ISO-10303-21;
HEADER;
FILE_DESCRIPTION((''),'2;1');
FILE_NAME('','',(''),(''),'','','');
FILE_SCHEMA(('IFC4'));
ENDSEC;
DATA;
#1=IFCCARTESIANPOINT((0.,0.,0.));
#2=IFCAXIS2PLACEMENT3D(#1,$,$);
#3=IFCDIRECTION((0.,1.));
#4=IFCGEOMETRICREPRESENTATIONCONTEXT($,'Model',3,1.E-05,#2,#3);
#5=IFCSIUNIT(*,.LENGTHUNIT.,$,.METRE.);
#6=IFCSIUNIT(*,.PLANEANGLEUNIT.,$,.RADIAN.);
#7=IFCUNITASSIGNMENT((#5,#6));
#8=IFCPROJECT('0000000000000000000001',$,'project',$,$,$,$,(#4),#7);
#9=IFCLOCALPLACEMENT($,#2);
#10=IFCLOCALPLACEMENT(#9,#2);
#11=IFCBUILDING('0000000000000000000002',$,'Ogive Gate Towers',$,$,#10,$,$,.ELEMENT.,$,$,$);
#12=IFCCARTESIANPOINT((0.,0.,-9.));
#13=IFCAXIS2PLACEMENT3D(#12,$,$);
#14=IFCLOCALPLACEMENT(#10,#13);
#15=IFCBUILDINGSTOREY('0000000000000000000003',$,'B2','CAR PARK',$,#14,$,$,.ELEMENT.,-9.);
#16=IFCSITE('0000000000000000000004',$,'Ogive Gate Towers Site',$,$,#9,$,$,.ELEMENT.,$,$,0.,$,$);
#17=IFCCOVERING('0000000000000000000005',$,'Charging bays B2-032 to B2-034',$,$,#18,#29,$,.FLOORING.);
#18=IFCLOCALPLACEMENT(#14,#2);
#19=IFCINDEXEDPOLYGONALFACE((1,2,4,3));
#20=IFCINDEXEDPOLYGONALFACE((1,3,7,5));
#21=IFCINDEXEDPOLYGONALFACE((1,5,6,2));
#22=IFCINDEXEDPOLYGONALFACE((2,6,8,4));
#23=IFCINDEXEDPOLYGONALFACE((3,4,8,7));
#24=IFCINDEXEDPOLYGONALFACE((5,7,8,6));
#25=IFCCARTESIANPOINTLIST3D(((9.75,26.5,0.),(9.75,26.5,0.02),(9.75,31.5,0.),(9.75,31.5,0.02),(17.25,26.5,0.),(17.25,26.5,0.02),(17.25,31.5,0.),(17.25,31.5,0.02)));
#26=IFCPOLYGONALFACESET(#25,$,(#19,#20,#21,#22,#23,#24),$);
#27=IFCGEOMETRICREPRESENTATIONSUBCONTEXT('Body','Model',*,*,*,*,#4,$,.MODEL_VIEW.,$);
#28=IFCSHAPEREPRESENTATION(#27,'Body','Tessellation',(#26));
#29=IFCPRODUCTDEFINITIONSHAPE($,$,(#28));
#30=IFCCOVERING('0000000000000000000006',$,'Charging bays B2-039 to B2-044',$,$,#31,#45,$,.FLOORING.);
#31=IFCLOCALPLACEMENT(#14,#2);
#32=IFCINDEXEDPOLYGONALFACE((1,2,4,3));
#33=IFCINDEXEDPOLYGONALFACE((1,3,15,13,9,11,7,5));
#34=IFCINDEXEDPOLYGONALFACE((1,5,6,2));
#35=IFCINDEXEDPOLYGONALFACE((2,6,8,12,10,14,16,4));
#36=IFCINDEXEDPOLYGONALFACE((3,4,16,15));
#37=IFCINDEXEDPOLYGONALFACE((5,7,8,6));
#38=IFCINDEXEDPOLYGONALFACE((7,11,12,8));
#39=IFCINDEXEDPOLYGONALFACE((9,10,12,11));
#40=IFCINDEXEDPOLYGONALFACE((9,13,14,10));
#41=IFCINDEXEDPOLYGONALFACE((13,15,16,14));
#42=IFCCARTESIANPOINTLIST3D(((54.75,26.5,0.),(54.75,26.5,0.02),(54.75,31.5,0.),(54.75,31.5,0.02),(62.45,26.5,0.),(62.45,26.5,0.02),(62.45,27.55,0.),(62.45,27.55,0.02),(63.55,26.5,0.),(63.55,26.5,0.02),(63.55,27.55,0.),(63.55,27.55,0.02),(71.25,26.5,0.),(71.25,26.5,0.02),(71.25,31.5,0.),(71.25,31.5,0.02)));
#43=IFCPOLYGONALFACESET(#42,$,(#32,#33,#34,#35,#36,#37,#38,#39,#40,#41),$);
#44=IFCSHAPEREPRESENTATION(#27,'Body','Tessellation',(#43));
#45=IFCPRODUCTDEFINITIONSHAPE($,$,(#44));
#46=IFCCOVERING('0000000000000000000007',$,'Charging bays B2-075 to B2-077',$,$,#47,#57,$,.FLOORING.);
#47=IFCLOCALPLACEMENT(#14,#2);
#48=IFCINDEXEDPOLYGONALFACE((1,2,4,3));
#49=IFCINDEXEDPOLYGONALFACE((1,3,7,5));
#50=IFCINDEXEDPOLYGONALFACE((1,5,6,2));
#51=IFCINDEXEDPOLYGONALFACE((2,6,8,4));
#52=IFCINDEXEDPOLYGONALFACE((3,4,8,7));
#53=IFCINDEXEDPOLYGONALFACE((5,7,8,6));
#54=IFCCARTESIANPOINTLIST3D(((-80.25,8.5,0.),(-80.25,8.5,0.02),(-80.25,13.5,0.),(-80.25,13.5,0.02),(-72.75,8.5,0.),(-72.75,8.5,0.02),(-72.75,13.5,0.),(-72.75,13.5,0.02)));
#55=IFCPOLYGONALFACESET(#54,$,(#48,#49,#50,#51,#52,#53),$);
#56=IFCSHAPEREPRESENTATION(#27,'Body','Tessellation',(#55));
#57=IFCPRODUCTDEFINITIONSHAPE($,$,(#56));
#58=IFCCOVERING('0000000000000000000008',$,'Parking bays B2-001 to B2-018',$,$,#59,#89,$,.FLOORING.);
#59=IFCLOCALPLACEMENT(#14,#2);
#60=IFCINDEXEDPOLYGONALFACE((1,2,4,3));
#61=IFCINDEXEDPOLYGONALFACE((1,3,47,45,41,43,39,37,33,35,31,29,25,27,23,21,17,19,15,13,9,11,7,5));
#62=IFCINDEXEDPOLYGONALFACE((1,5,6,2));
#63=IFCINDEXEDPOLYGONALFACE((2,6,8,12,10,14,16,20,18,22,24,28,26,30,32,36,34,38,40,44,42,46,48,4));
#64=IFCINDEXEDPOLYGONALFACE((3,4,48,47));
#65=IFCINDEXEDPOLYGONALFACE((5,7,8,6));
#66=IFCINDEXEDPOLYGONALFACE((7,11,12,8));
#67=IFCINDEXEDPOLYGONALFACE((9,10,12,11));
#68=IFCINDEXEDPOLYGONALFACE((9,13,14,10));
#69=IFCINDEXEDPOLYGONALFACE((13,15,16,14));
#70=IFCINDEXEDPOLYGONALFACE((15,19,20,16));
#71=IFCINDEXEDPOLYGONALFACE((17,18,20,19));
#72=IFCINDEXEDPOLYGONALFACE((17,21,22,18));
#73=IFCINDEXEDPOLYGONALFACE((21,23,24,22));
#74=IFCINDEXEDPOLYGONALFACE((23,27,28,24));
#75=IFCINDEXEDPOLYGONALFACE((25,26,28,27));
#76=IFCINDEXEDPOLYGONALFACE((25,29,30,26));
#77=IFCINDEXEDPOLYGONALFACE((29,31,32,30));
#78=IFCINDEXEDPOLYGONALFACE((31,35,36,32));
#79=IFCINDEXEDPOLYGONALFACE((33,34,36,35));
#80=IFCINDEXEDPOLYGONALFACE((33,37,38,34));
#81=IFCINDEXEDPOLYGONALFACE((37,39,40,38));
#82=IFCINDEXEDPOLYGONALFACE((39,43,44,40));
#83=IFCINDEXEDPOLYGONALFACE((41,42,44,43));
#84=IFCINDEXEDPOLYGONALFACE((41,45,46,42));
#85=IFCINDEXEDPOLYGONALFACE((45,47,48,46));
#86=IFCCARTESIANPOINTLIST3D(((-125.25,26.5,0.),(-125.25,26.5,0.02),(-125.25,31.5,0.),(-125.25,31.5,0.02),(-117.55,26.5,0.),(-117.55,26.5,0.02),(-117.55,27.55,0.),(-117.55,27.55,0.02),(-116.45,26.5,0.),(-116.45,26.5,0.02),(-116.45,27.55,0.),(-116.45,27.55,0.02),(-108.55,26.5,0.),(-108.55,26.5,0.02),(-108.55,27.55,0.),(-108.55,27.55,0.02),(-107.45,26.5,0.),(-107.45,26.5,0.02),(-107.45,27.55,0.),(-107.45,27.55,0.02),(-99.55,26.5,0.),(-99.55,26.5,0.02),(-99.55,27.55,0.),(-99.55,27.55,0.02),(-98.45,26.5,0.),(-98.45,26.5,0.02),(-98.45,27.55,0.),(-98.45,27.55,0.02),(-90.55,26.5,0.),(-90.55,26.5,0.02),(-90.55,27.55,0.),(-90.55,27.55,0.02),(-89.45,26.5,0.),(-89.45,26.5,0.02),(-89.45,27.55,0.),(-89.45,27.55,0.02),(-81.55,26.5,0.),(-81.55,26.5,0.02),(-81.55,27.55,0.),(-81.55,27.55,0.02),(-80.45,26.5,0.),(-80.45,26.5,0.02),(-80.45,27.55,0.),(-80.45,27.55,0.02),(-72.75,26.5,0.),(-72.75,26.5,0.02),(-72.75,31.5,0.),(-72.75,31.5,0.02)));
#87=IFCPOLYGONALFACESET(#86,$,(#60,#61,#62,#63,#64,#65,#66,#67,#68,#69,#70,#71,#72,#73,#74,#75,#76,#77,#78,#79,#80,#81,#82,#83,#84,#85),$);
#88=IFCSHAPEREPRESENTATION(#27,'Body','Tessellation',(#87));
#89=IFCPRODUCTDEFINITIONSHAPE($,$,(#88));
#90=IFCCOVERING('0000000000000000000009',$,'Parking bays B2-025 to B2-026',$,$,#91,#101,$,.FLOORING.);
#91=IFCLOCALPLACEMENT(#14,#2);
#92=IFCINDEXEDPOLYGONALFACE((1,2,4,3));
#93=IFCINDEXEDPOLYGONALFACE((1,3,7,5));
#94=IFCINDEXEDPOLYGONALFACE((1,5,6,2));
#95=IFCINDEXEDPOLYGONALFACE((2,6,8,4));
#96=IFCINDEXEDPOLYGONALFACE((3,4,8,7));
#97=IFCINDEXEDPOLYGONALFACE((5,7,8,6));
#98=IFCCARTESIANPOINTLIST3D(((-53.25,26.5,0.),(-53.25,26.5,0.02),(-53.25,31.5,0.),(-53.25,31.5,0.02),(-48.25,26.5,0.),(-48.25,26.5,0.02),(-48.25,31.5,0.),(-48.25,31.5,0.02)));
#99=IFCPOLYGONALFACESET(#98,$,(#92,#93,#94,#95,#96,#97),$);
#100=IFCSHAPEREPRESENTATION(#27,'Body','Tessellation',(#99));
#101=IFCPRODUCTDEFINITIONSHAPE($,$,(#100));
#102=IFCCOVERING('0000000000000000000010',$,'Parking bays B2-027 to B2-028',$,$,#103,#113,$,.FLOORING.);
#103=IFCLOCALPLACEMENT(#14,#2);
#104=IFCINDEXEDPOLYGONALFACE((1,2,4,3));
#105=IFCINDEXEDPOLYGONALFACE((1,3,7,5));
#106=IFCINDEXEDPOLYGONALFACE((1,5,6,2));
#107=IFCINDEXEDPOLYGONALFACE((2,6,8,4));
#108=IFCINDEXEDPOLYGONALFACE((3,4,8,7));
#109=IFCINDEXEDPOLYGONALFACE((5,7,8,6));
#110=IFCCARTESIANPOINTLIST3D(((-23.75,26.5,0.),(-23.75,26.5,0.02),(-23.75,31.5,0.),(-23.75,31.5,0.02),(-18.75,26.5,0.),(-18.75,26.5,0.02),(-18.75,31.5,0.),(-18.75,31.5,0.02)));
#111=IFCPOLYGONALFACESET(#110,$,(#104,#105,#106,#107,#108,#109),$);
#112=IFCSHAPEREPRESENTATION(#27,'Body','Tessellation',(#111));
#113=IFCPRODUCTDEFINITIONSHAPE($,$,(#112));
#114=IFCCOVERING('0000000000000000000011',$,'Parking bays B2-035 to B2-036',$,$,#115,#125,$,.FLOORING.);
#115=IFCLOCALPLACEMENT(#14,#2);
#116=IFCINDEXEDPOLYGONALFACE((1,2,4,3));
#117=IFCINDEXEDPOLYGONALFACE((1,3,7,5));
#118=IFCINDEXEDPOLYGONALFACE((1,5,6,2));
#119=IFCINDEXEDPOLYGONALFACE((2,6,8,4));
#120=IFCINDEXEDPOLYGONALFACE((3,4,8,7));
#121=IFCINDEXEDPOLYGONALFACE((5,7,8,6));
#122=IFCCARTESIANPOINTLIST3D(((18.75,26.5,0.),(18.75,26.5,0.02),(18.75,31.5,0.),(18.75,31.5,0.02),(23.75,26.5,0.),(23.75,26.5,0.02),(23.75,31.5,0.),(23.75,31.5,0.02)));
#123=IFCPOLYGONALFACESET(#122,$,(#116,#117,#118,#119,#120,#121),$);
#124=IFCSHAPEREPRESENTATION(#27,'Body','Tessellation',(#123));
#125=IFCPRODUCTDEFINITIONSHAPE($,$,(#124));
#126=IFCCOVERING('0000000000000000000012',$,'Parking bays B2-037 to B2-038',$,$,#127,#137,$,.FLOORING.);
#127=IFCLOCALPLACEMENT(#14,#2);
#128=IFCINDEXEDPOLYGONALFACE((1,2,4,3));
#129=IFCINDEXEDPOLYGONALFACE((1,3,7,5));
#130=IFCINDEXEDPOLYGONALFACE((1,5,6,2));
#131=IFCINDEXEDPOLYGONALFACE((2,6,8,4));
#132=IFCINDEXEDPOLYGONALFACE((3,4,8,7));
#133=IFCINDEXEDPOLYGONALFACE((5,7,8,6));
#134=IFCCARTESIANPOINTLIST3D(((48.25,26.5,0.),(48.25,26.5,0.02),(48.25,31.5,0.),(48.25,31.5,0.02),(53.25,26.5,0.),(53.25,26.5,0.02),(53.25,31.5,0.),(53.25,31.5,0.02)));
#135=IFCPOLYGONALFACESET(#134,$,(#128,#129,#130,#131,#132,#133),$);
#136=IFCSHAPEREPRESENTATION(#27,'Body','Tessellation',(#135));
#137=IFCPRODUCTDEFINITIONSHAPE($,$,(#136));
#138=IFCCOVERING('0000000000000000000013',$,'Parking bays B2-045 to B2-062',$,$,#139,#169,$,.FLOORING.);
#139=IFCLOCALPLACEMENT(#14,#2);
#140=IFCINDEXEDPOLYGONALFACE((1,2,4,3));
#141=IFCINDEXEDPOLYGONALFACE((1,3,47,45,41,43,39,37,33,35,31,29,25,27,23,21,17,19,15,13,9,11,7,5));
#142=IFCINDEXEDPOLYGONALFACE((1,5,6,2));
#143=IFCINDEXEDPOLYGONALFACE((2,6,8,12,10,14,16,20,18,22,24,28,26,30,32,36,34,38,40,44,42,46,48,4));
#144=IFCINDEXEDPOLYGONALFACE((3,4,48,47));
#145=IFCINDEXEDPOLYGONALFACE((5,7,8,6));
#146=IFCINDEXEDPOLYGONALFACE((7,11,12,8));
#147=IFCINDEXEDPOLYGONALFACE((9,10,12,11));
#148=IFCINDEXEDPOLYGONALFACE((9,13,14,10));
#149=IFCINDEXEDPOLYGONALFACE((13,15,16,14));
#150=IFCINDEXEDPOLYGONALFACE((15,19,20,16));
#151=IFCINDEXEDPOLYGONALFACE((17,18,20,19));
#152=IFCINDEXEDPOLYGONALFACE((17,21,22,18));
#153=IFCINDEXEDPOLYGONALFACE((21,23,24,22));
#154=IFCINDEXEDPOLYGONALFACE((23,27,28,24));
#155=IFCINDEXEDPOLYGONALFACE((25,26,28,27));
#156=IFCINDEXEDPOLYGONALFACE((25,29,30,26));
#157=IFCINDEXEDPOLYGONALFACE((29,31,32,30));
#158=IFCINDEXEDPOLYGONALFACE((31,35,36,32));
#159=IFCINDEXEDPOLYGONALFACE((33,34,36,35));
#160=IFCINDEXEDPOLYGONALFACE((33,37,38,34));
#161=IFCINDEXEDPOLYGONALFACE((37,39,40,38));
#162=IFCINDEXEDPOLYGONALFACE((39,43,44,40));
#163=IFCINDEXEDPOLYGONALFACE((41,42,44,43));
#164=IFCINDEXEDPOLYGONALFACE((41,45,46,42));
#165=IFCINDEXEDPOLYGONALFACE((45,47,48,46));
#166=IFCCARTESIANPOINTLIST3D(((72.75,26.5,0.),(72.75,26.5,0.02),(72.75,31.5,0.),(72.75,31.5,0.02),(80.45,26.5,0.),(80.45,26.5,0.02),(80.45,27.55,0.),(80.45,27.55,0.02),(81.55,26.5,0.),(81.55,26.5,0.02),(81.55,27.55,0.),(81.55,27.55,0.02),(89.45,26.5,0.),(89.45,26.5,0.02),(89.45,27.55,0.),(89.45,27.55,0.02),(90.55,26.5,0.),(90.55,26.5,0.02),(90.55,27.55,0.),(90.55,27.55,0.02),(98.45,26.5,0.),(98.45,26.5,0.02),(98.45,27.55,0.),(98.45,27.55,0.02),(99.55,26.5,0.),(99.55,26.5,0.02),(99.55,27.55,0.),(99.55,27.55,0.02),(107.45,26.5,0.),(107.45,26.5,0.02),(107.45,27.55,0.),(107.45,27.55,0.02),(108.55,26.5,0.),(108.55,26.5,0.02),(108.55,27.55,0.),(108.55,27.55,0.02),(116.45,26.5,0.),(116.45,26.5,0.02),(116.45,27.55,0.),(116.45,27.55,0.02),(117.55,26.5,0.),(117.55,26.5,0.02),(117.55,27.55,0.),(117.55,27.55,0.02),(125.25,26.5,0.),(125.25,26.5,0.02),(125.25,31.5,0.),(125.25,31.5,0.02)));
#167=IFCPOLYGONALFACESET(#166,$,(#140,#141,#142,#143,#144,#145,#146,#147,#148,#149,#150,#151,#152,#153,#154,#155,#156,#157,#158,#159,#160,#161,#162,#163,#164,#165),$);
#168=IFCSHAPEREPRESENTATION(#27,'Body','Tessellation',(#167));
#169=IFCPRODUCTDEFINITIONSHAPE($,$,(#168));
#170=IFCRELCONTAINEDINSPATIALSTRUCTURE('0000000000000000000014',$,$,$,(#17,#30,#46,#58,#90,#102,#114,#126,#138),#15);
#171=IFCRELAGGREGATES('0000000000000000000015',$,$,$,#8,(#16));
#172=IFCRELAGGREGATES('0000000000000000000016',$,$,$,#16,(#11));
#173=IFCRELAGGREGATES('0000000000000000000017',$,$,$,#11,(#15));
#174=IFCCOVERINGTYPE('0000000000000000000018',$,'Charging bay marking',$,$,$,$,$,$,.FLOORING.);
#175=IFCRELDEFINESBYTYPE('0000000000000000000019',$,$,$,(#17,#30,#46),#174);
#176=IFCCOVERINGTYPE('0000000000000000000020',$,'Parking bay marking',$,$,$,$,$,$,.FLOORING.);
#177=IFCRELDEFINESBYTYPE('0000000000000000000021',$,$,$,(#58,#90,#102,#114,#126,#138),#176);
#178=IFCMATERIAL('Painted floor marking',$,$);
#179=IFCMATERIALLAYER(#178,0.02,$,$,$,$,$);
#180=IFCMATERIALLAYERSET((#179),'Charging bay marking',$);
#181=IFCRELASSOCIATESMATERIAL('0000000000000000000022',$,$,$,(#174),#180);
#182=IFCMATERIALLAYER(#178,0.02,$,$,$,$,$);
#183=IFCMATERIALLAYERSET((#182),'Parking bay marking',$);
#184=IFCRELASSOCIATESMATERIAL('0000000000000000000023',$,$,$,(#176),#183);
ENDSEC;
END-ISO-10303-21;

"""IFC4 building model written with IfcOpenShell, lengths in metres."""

from ifc_helpers import new_model, si_unit, direction, frame, origin, place, context, subcontext, project, spatial, polyline, outline, extrude, material, layer, layer_set, type_object, element, save


model = new_model("IFC4")

# Units and contexts
model_context = context("Model", 3, precision=1e-05, world=origin(), true_north=direction((0.0, 1.0)))
body_context = subcontext(model_context, "Body", "Model", "MODEL_VIEW")
ifc_project = project(units=[si_unit("LENGTHUNIT", "METRE"), si_unit("PLANEANGLEUNIT", "RADIAN")], contexts=[model_context])

# Site, building, storey
site_placement = place(None, origin())
site = spatial("IfcSite", under=ifc_project, at=site_placement, Name="Ogive Gate Towers Site", CompositionType="ELEMENT", RefElevation=0.0)
building_placement = place(site_placement, origin())
building = spatial("IfcBuilding", under=site, at=building_placement, Name="Ogive Gate Towers", CompositionType="ELEMENT")
storey_placement = place(building_placement, frame((0.0, 0.0, -9.0)))
storey = spatial("IfcBuildingStorey", under=building, at=storey_placement, Name="B2", Description="CAR PARK", CompositionType="ELEMENT", Elevation=-9.0)

# Coverings
ifc_material_1 = material(Name="Painted floor marking")
ifc_layer_1 = layer(ifc_material_1, 0.02)
ifc_layer_set_1 = layer_set([ifc_layer_1], Name="Charging bay marking")
covering_type_1 = type_object("IfcCoveringType", Name="Charging bay marking", PredefinedType="FLOORING", material=ifc_layer_set_1)
covering_1_placement = place(storey_placement, origin())
element("IfcCovering", 1, at=covering_1_placement, inside=storey, type_object=covering_type_1, Name="Charging bays B2-032 to B2-034", PredefinedType="FLOORING", context=body_context, shape_type="SweptSolid", body=[
    extrude(outline(polyline([(17.25, 26.5), (9.75, 26.5), (9.75, 31.5), (17.25, 31.5), (17.25, 26.5)])), origin(), (0.0, 0.0, 1.0), 0.02),
])
covering_2_placement = place(storey_placement, origin())
element("IfcCovering", 2, at=covering_2_placement, inside=storey, type_object=covering_type_1, Name="Charging bays B2-039 to B2-044", PredefinedType="FLOORING", context=body_context, shape_type="SweptSolid", body=[
    extrude(outline(polyline([(54.75, 31.5), (71.25, 31.5), (71.25, 26.5), (63.55, 26.5), (63.55, 27.55), (62.45, 27.55), (62.45, 26.5), (54.75, 26.5), (54.75, 31.5)])), origin(), (0.0, 0.0, 1.0), 0.02),
])
covering_3_placement = place(storey_placement, origin())
element("IfcCovering", 3, at=covering_3_placement, inside=storey, type_object=covering_type_1, Name="Charging bays B2-075 to B2-077", PredefinedType="FLOORING", context=body_context, shape_type="SweptSolid", body=[
    extrude(outline(polyline([(-72.75, 13.5), (-72.75, 8.5), (-80.25, 8.5), (-80.25, 13.5), (-72.75, 13.5)])), origin(), (0.0, 0.0, 1.0), 0.02),
])
ifc_layer_2 = layer(ifc_material_1, 0.02)
ifc_layer_set_2 = layer_set([ifc_layer_2], Name="Parking bay marking")
covering_type_2 = type_object("IfcCoveringType", Name="Parking bay marking", PredefinedType="FLOORING", material=ifc_layer_set_2)
covering_4_placement = place(storey_placement, origin())
element("IfcCovering", 4, at=covering_4_placement, inside=storey, type_object=covering_type_2, Name="Parking bays B2-001 to B2-018", PredefinedType="FLOORING", context=body_context, shape_type="SweptSolid", body=[
    extrude(outline(polyline([(-125.25, 31.5), (-72.75, 31.5), (-72.75, 26.5), (-80.45, 26.5), (-80.45, 27.55), (-81.55, 27.55), (-81.55, 26.5), (-89.45, 26.5), (-89.45, 27.55), (-90.55, 27.55), (-90.55, 26.5), (-98.45, 26.5), (-98.45, 27.55), (-99.55, 27.55), (-99.55, 26.5), (-107.45, 26.5), (-107.45, 27.55), (-108.55, 27.55), (-108.55, 26.5), (-116.45, 26.5), (-116.45, 27.55), (-117.55, 27.55), (-117.55, 26.5), (-125.25, 26.5), (-125.25, 31.5)])), origin(), (0.0, 0.0, 1.0), 0.02),
])
covering_5_placement = place(storey_placement, origin())
element("IfcCovering", 5, at=covering_5_placement, inside=storey, type_object=covering_type_2, Name="Parking bays B2-025 to B2-026", PredefinedType="FLOORING", context=body_context, shape_type="SweptSolid", body=[
    extrude(outline(polyline([(-53.25, 31.5), (-48.25, 31.5), (-48.25, 26.5), (-53.25, 26.5), (-53.25, 31.5)])), origin(), (0.0, 0.0, 1.0), 0.02),
])
covering_6_placement = place(storey_placement, origin())
element("IfcCovering", 6, at=covering_6_placement, inside=storey, type_object=covering_type_2, Name="Parking bays B2-027 to B2-028", PredefinedType="FLOORING", context=body_context, shape_type="SweptSolid", body=[
    extrude(outline(polyline([(-23.75, 31.5), (-18.75, 31.5), (-18.75, 26.5), (-23.75, 26.5), (-23.75, 31.5)])), origin(), (0.0, 0.0, 1.0), 0.02),
])
covering_7_placement = place(storey_placement, origin())
element("IfcCovering", 7, at=covering_7_placement, inside=storey, type_object=covering_type_2, Name="Parking bays B2-035 to B2-036", PredefinedType="FLOORING", context=body_context, shape_type="SweptSolid", body=[
    extrude(outline(polyline([(18.75, 26.5), (18.75, 31.5), (23.75, 31.5), (23.75, 26.5), (18.75, 26.5)])), origin(), (0.0, 0.0, 1.0), 0.02),
])
covering_8_placement = place(storey_placement, origin())
element("IfcCovering", 8, at=covering_8_placement, inside=storey, type_object=covering_type_2, Name="Parking bays B2-037 to B2-038", PredefinedType="FLOORING", context=body_context, shape_type="SweptSolid", body=[
    extrude(outline(polyline([(48.25, 26.5), (48.25, 31.5), (53.25, 31.5), (53.25, 26.5), (48.25, 26.5)])), origin(), (0.0, 0.0, 1.0), 0.02),
])
covering_9_placement = place(storey_placement, origin())
element("IfcCovering", 9, at=covering_9_placement, inside=storey, type_object=covering_type_2, Name="Parking bays B2-045 to B2-062", PredefinedType="FLOORING", context=body_context, shape_type="SweptSolid", body=[
    extrude(outline(polyline([(72.75, 31.5), (125.25, 31.5), (125.25, 26.5), (117.55, 26.5), (117.55, 27.55), (116.45, 27.55), (116.45, 26.5), (108.55, 26.5), (108.55, 27.55), (107.45, 27.55), (107.45, 26.5), (99.55, 26.5), (99.55, 27.55), (98.45, 27.55), (98.45, 26.5), (90.55, 26.5), (90.55, 27.55), (89.45, 27.55), (89.45, 26.5), (81.55, 26.5), (81.55, 27.55), (80.45, 27.55), (80.45, 26.5), (72.75, 26.5), (72.75, 31.5)])), origin(), (0.0, 0.0, 1.0), 0.02),
])

save(model, "model.ifc")
